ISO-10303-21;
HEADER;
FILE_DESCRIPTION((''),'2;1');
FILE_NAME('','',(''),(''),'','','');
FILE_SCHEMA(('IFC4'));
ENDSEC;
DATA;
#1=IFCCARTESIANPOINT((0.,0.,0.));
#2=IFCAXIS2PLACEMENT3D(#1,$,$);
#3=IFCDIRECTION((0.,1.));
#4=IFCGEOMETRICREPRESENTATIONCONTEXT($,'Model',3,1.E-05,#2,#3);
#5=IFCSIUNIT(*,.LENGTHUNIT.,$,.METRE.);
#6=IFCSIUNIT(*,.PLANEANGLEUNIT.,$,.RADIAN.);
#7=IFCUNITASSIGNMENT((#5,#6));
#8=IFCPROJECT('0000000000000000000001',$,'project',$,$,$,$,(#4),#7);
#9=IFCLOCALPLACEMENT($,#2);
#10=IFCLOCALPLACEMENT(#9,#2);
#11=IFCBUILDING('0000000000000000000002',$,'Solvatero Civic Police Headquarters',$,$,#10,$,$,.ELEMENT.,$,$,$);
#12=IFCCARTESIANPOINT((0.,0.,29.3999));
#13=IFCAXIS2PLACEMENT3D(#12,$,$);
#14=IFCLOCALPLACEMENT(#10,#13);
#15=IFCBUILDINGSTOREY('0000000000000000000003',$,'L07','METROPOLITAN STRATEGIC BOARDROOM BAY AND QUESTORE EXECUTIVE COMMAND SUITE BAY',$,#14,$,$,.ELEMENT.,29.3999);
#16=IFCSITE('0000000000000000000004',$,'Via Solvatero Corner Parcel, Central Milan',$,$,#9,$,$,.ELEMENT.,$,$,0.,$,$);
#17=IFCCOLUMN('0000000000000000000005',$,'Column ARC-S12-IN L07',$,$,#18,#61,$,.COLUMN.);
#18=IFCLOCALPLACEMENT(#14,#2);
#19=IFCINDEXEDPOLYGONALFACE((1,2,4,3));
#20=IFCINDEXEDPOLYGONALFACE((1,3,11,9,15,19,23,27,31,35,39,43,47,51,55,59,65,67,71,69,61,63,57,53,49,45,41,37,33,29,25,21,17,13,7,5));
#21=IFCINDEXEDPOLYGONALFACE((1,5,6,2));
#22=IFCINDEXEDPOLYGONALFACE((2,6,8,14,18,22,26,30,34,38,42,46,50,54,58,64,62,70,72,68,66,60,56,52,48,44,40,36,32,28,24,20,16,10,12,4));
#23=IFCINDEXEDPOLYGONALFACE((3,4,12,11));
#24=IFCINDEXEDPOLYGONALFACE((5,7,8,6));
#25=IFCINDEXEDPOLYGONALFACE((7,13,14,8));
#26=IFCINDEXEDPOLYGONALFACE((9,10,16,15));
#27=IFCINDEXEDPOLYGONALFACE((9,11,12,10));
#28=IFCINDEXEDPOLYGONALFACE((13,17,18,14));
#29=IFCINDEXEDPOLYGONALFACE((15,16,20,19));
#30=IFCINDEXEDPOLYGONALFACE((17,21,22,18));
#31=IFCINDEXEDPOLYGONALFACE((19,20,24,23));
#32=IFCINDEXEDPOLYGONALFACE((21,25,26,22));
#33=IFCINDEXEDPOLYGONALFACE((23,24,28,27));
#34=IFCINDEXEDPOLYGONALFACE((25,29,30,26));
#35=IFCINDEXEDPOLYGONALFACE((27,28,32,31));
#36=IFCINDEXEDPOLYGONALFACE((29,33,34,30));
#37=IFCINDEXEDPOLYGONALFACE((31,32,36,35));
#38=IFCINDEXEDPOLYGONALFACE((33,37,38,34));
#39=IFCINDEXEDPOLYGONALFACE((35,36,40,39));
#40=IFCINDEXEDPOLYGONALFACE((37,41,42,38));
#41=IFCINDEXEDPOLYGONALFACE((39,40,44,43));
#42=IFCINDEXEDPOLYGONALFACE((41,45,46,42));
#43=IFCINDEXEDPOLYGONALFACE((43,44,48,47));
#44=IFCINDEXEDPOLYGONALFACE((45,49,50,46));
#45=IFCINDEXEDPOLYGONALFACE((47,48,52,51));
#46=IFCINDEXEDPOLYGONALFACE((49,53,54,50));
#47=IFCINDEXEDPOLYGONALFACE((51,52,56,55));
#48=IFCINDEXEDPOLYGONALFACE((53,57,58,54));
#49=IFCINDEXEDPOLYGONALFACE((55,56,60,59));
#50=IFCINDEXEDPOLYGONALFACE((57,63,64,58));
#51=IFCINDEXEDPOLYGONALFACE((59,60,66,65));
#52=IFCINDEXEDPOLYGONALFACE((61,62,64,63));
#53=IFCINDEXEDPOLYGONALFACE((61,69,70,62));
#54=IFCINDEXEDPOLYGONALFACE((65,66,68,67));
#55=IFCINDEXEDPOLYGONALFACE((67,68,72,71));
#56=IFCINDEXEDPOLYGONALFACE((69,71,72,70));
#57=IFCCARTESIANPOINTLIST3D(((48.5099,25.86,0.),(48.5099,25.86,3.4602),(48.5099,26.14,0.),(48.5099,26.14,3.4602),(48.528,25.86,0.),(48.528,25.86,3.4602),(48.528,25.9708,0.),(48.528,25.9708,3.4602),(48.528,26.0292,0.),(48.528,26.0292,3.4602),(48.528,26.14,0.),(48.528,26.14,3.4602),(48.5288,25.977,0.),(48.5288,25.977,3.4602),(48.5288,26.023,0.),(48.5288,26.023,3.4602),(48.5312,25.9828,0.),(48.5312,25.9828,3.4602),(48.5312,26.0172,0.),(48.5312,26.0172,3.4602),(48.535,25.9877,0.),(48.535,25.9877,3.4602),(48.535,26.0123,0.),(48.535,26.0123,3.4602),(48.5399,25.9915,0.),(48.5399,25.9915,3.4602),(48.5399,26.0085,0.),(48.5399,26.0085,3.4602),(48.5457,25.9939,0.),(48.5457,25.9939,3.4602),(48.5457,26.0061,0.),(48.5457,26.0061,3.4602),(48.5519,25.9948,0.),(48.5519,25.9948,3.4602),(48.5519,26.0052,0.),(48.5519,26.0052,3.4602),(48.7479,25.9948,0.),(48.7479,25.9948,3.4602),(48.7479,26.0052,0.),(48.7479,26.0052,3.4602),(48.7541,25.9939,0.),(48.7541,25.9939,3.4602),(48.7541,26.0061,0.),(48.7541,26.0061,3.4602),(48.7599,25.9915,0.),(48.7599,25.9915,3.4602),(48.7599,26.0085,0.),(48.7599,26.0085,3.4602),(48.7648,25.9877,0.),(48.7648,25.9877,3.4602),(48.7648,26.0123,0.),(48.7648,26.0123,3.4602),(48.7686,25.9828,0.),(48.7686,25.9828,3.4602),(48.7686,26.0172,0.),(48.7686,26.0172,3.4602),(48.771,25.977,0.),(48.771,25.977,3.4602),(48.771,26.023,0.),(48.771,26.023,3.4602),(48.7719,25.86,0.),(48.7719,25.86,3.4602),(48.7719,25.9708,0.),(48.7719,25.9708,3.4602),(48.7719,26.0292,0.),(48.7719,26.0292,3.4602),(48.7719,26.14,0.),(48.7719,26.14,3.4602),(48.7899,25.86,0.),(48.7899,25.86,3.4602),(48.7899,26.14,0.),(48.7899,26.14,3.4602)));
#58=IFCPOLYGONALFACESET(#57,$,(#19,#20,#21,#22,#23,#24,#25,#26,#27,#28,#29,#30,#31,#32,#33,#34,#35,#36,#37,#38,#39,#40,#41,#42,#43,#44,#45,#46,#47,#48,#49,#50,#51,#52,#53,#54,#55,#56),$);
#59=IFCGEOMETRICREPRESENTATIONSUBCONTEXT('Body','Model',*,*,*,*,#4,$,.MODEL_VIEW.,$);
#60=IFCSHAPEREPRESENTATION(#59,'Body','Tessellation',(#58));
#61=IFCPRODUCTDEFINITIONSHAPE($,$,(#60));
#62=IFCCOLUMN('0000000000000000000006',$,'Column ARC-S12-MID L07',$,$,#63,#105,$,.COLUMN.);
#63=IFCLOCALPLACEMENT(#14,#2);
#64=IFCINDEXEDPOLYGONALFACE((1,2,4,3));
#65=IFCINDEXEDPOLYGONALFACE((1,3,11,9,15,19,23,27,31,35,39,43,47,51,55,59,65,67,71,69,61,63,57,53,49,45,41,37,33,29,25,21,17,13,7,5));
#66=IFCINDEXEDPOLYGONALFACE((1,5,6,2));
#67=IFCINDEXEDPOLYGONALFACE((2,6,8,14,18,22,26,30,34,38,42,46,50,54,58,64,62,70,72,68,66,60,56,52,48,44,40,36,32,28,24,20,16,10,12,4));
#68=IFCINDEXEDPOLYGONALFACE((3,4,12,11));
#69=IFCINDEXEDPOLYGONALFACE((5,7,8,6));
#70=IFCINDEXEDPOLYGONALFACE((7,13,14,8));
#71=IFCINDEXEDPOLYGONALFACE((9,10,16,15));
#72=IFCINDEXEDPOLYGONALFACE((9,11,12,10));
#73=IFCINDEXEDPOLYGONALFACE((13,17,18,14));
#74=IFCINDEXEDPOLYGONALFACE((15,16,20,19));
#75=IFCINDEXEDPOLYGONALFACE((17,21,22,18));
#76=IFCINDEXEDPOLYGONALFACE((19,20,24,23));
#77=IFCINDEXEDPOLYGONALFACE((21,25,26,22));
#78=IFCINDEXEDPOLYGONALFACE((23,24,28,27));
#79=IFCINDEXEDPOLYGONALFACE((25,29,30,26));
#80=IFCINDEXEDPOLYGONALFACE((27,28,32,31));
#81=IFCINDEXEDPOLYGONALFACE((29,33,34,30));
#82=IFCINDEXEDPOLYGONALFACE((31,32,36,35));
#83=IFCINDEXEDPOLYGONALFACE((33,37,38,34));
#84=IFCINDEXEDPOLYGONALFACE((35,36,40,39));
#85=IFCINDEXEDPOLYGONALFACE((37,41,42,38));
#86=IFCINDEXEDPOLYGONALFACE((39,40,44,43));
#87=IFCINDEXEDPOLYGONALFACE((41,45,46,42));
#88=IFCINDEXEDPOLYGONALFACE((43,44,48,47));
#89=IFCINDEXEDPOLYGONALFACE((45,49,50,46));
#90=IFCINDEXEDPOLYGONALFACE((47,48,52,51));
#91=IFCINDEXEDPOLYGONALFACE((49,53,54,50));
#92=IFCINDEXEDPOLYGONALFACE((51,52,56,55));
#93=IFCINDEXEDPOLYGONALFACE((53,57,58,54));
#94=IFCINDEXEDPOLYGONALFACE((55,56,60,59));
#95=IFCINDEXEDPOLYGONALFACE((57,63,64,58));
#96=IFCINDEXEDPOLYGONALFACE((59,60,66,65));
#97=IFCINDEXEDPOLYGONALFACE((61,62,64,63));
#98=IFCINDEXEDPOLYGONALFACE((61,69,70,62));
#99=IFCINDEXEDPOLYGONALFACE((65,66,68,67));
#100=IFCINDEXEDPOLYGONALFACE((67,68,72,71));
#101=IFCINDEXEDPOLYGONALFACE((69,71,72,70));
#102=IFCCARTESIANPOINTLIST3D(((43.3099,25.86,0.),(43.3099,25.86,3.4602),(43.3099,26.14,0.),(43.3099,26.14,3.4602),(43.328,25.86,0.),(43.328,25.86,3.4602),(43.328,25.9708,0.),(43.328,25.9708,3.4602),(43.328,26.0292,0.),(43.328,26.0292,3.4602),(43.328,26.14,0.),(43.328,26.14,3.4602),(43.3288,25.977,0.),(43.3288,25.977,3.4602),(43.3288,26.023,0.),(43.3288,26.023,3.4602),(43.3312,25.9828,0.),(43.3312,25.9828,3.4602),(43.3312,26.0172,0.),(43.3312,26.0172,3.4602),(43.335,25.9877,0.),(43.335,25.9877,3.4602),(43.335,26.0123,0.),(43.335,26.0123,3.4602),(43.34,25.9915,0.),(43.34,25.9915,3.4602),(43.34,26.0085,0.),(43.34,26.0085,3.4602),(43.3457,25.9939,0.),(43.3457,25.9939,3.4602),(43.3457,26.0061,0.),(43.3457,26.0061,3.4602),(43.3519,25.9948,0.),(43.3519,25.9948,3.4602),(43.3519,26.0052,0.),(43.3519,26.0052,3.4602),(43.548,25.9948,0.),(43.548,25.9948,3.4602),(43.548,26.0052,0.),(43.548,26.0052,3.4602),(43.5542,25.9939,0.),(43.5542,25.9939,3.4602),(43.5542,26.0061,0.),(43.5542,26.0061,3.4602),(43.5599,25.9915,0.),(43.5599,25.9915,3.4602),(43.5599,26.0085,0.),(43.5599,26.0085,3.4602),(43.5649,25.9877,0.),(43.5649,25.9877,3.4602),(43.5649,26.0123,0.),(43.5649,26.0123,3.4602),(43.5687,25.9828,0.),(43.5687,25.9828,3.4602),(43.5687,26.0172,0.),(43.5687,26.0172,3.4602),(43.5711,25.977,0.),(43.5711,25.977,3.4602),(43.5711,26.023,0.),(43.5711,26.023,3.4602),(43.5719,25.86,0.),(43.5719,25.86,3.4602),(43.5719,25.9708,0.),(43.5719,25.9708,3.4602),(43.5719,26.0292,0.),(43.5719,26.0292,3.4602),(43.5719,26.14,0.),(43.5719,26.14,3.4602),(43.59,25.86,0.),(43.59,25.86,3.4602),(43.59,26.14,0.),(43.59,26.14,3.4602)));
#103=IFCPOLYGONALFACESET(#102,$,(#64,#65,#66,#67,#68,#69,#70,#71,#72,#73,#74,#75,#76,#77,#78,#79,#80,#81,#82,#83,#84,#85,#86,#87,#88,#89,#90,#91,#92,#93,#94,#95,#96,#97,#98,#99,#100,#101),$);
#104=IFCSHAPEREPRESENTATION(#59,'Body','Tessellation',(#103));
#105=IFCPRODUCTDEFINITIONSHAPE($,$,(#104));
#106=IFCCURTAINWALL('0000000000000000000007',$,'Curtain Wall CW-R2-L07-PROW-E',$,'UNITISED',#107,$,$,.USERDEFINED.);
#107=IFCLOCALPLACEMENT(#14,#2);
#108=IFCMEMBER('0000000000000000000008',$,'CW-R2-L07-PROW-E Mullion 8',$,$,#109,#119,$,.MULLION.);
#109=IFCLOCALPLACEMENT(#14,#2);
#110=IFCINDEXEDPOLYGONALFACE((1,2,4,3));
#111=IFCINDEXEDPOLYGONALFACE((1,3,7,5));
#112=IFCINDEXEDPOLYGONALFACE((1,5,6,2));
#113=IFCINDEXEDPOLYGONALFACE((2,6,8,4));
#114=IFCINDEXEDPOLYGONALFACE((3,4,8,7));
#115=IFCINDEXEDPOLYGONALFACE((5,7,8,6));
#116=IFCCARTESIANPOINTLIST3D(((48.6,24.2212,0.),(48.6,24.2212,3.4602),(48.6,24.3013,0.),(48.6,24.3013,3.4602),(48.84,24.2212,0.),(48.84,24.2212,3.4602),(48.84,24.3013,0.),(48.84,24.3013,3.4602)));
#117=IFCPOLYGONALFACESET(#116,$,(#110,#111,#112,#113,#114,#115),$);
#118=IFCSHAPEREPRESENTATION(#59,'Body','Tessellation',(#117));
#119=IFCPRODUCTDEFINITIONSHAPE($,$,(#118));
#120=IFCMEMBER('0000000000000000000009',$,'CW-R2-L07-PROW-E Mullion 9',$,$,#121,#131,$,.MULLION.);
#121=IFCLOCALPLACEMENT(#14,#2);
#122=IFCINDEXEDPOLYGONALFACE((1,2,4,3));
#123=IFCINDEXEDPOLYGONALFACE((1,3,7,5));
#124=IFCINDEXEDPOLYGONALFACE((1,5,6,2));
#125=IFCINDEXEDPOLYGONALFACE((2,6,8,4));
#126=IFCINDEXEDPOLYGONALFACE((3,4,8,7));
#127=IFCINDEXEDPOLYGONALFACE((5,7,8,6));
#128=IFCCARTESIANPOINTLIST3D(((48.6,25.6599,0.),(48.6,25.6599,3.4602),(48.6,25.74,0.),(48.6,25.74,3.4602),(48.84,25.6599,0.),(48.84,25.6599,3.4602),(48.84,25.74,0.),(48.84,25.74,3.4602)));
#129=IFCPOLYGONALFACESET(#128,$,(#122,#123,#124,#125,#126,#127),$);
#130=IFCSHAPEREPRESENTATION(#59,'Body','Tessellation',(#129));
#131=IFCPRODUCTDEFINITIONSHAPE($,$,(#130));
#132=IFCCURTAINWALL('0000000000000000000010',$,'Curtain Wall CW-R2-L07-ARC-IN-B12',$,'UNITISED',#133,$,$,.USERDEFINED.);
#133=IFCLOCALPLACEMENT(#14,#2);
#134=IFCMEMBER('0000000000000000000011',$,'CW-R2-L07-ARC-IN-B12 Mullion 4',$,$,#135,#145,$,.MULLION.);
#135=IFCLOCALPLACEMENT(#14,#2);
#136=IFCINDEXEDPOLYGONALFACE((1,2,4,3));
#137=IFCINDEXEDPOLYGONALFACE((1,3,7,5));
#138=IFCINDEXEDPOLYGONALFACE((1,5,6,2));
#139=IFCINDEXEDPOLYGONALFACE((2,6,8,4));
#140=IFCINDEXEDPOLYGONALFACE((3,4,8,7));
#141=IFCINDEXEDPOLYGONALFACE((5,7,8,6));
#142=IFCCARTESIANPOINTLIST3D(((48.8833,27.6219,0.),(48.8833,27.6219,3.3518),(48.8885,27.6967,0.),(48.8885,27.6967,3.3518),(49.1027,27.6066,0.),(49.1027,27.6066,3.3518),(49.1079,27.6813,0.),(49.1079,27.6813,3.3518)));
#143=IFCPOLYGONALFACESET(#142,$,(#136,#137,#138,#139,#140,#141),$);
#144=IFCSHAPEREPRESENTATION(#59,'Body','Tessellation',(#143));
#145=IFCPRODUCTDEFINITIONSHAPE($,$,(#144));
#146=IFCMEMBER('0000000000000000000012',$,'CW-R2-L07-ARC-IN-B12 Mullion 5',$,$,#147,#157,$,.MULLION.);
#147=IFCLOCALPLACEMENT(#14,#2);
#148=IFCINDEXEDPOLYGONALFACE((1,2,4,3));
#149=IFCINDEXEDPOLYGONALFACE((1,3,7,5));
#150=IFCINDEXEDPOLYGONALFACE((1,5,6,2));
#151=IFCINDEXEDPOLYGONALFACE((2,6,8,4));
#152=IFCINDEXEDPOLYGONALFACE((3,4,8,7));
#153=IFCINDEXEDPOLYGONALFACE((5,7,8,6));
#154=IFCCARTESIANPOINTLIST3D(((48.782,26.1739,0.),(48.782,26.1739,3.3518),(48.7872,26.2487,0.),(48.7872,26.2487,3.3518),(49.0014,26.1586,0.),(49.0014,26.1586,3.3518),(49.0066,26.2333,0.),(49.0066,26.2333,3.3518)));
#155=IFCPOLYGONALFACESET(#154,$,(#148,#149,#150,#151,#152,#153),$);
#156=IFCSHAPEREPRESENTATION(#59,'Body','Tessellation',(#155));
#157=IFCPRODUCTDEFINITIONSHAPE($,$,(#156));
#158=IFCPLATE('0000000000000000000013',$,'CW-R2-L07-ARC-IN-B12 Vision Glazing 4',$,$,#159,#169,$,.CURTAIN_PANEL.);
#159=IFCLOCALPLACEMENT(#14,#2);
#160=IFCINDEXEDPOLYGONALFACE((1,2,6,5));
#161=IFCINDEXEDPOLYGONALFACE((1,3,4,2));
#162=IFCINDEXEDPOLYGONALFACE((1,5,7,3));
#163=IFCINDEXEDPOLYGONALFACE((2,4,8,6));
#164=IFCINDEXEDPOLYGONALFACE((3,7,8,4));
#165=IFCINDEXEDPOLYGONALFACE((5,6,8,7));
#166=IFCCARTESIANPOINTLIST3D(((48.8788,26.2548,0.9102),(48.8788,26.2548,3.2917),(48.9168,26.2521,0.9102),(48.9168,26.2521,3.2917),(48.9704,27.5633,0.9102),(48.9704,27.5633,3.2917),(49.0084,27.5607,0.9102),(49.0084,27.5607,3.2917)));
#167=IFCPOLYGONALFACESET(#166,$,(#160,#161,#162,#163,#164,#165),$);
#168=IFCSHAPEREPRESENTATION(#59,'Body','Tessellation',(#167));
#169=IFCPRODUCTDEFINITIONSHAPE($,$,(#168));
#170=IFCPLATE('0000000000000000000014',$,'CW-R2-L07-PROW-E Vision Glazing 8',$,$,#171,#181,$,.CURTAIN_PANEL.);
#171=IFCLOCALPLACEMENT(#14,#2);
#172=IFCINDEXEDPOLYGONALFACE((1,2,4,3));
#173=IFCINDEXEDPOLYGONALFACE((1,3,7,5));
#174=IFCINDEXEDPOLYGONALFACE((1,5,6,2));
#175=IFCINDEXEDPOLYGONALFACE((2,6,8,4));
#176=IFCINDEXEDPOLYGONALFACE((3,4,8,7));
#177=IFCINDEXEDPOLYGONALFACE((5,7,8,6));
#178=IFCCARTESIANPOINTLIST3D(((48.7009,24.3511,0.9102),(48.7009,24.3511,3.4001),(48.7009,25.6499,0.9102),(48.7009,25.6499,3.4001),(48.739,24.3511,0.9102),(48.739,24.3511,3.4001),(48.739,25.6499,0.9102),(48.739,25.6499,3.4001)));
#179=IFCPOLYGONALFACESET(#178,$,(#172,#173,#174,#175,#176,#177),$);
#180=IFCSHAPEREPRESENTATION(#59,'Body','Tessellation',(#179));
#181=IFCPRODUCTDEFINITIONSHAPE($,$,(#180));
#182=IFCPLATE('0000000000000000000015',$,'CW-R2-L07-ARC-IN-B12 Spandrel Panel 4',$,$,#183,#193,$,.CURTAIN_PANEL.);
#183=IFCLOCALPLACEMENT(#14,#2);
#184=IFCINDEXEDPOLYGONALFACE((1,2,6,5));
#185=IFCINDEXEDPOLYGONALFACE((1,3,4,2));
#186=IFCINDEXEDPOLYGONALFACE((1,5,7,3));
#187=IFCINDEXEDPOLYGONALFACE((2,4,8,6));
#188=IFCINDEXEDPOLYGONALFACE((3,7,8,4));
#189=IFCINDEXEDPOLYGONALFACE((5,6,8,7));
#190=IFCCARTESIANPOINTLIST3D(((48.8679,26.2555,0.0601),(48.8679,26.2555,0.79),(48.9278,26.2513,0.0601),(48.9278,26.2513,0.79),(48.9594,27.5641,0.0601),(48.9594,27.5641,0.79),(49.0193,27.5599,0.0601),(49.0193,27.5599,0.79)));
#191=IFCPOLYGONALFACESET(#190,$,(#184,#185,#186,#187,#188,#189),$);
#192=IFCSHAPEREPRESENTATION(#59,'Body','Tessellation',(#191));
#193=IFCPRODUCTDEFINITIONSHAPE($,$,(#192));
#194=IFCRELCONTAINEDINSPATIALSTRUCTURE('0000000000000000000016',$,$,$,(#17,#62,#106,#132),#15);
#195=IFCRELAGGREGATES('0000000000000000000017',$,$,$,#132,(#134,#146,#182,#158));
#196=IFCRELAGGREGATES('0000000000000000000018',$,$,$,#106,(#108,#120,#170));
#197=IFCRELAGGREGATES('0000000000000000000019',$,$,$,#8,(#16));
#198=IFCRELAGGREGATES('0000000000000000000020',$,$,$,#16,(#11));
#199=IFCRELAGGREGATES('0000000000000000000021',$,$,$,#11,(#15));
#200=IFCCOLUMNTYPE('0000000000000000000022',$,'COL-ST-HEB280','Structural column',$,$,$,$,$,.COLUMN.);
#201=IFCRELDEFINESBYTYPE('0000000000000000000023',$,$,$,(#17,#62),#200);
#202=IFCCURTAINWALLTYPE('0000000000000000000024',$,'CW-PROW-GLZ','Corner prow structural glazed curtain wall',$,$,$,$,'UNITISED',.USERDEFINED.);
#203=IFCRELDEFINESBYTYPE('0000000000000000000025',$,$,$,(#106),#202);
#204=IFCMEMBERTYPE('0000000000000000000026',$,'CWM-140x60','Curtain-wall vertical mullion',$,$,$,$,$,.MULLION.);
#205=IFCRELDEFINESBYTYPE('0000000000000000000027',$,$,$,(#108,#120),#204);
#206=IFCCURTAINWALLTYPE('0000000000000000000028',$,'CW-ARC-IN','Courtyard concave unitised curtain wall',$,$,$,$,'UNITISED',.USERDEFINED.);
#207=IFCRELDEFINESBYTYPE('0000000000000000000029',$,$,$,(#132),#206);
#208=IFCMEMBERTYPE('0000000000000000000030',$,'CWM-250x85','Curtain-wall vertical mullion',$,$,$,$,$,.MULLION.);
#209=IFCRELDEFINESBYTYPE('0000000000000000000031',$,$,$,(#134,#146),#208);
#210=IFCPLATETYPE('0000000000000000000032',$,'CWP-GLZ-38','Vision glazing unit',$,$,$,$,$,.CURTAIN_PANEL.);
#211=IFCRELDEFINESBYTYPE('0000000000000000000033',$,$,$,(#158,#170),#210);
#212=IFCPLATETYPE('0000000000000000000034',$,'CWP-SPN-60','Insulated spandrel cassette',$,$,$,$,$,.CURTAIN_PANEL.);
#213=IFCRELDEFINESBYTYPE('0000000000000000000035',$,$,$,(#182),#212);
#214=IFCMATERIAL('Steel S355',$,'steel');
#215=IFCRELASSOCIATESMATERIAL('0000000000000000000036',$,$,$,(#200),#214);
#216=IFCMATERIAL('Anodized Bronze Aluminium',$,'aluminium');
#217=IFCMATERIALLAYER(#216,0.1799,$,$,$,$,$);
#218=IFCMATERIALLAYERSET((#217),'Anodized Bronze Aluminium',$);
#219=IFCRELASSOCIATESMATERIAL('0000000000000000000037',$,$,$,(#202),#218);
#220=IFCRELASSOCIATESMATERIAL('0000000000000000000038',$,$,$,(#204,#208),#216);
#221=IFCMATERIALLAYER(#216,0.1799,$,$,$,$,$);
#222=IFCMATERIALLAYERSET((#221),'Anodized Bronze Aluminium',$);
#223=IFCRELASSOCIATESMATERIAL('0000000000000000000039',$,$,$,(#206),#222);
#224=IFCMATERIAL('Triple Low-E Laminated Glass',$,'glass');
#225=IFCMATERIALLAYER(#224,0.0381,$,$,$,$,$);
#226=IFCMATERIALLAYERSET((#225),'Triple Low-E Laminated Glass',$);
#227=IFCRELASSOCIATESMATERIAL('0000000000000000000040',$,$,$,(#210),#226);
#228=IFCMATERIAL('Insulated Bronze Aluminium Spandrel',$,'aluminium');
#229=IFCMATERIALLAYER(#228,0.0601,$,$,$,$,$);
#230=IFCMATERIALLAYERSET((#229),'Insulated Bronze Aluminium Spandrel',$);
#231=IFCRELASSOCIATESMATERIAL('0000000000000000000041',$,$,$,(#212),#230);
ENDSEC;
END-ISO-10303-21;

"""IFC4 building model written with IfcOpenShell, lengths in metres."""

from ifc_helpers import new_model, si_unit, direction, frame, origin, origin_2d, place, context, subcontext, project, spatial, rectangle, i_section, extrude, material, layer, layer_set, material_profile, profile_set, type_object, element, aggregate, save


model = new_model("IFC4")

# Units and contexts
model_context = context("Model", 3, precision=1e-05, world=origin(), true_north=direction((0.0, 1.0)))
body_context = subcontext(model_context, "Body", "Model", "MODEL_VIEW")
ifc_project = project(units=[si_unit("LENGTHUNIT", "METRE"), si_unit("PLANEANGLEUNIT", "RADIAN")], contexts=[model_context])

# Site, building, storey
site_placement = place(None, origin())
site = spatial("IfcSite", under=ifc_project, at=site_placement, Name="Via Solvatero Corner Parcel, Central Milan", CompositionType="ELEMENT", RefElevation=0.0)
building_placement = place(site_placement, origin())
building = spatial("IfcBuilding", under=site, at=building_placement, Name="Solvatero Civic Police Headquarters", CompositionType="ELEMENT")
storey_placement = place(building_placement, frame((0.0, 0.0, 29.3999)))
storey = spatial("IfcBuildingStorey", under=building, at=storey_placement, Name="L07", Description="METROPOLITAN STRATEGIC BOARDROOM BAY AND QUESTORE EXECUTIVE COMMAND SUITE BAY", CompositionType="ELEMENT", Elevation=29.3999)

# Columns
ifc_material_1 = material(Name="Steel S355", Category="steel")
ifc_material_profile_1 = material_profile(ifc_material_1, i_section(OverallWidth=0.28, OverallDepth=0.28, WebThickness=0.0105, FlangeThickness=0.0181, FilletRadius=0.0239, at=origin_2d()), Name="HEB 280")
ifc_profile_set_1 = profile_set([ifc_material_profile_1], Name="Steel S355")
column_type = type_object("IfcColumnType", Name="COL-ST-HEB280", Description="Structural column", PredefinedType="COLUMN", material=ifc_profile_set_1)
for number, where, z_axis, x_axis, name in (
    (1, (48.6499, 26.0, 0.0), (0.0, 0.0, 1.0), (0.0, 1.0, 0.0), "Column ARC-S12-IN L07"),
    (2, (43.45, 26.0, 0.0), (0.0, 0.0, 1.0), (0.0, 1.0, 0.0), "Column ARC-S12-MID L07"),
):
    element("IfcColumn", number, at=place(storey_placement, frame(where, z_axis=z_axis, x_axis=x_axis)), inside=storey, type_object=column_type, Name=name, PredefinedType="COLUMN", context=body_context, shape_type="SweptSolid", body=[
        extrude(i_section(OverallWidth=0.28, OverallDepth=0.28, WebThickness=0.0105, FlangeThickness=0.0181, FilletRadius=0.0239, at=origin_2d()), origin(), (0.0, 0.0, 1.0), 3.4602),
    ])

# Curtain wall, members
ifc_material_2 = material(Name="Anodized Bronze Aluminium", Category="aluminium")
ifc_layer_1 = layer(ifc_material_2, 0.1799)
ifc_layer_set_1 = layer_set([ifc_layer_1], Name="Anodized Bronze Aluminium")
curtain_wall_type_1 = type_object("IfcCurtainWallType", Name="CW-PROW-GLZ", Description="Corner prow structural glazed curtain wall", ElementType="UNITISED", PredefinedType="USERDEFINED", material=ifc_layer_set_1)
curtain_wall_1_placement = place(storey_placement, origin())
curtain_wall_1 = element("IfcCurtainWall", 3, at=curtain_wall_1_placement, inside=storey, type_object=curtain_wall_type_1, Name="Curtain Wall CW-R2-L07-PROW-E", ObjectType="UNITISED", PredefinedType="USERDEFINED")
ifc_material_profile_2 = material_profile(ifc_material_2, rectangle(XDim=0.0801, YDim=0.24, at=origin_2d()), Name="ALU MULLION 80x240")
ifc_profile_set_2 = profile_set([ifc_material_profile_2], Name="Anodized Bronze Aluminium")
member_type_1 = type_object("IfcMemberType", Name="CWM-140x60", Description="Curtain-wall vertical mullion", PredefinedType="MULLION", material=ifc_profile_set_2)
member_1_placement = place(storey_placement, frame((48.72, 24.2612, 0.0), z_axis=(0.0, 0.0, 1.0), x_axis=(0.0, 1.0, 0.0)))
member_1 = element("IfcMember", 4, at=member_1_placement, type_object=member_type_1, Name="CW-R2-L07-PROW-E Mullion 8", PredefinedType="MULLION", context=body_context, shape_type="SweptSolid", body=[
    extrude(rectangle(XDim=0.0801, YDim=0.24, at=origin_2d()), origin(), (0.0, 0.0, 1.0), 3.4602),
])
member_2_placement = place(storey_placement, frame((48.72, 25.7, 0.0), z_axis=(0.0, 0.0, 1.0), x_axis=(0.0, 1.0, 0.0)))
member_2 = element("IfcMember", 5, at=member_2_placement, type_object=member_type_1, Name="CW-R2-L07-PROW-E Mullion 9", PredefinedType="MULLION", context=body_context, shape_type="SweptSolid", body=[
    extrude(rectangle(XDim=0.0801, YDim=0.24, at=origin_2d()), origin(), (0.0, 0.0, 1.0), 3.4602),
])

# Curtain wall, members, plate
ifc_layer_2 = layer(ifc_material_2, 0.1799)
ifc_layer_set_2 = layer_set([ifc_layer_2], Name="Anodized Bronze Aluminium")
curtain_wall_type_2 = type_object("IfcCurtainWallType", Name="CW-ARC-IN", Description="Courtyard concave unitised curtain wall", ElementType="UNITISED", PredefinedType="USERDEFINED", material=ifc_layer_set_2)
curtain_wall_2_placement = place(storey_placement, origin())
curtain_wall_2 = element("IfcCurtainWall", 6, at=curtain_wall_2_placement, inside=storey, type_object=curtain_wall_type_2, Name="Curtain Wall CW-R2-L07-ARC-IN-B12", ObjectType="UNITISED", PredefinedType="USERDEFINED")
ifc_material_profile_3 = material_profile(ifc_material_2, rectangle(XDim=0.075, YDim=0.22, at=origin_2d()), Name="ALU MULLION 75x220")
ifc_profile_set_3 = profile_set([ifc_material_profile_3], Name="Anodized Bronze Aluminium")
member_type_2 = type_object("IfcMemberType", Name="CWM-250x85", Description="Curtain-wall vertical mullion", PredefinedType="MULLION", material=ifc_profile_set_3)
member_3_placement = place(storey_placement, frame((48.9956, 27.6516, 0.0), z_axis=(0.0, 0.0, 1.0), x_axis=(-0.069774, -0.997563, 0.0)))
member_3 = element("IfcMember", 7, at=member_3_placement, type_object=member_type_2, Name="CW-R2-L07-ARC-IN-B12 Mullion 4", PredefinedType="MULLION", context=body_context, shape_type="SweptSolid", body=[
    extrude(rectangle(XDim=0.075, YDim=0.22, at=origin_2d()), origin(), (0.0, 0.0, 1.0), 3.3518),
])
member_4_placement = place(storey_placement, frame((48.8943, 26.2036, 0.0), z_axis=(0.0, 0.0, 1.0), x_axis=(-0.069774, -0.997563, 0.0)))
member_4 = element("IfcMember", 8, at=member_4_placement, type_object=member_type_2, Name="CW-R2-L07-ARC-IN-B12 Mullion 5", PredefinedType="MULLION", context=body_context, shape_type="SweptSolid", body=[
    extrude(rectangle(XDim=0.075, YDim=0.22, at=origin_2d()), origin(), (0.0, 0.0, 1.0), 3.3518),
])
ifc_material_3 = material(Name="Triple Low-E Laminated Glass", Category="glass")
ifc_layer_3 = layer(ifc_material_3, 0.0381)
ifc_layer_set_3 = layer_set([ifc_layer_3], Name="Triple Low-E Laminated Glass")
plate_type_1 = type_object("IfcPlateType", Name="CWP-GLZ-38", Description="Vision glazing unit", PredefinedType="CURTAIN_PANEL", material=ifc_layer_set_3)
plate_1_placement = place(storey_placement, frame((48.9436, 26.9077, 0.9102), z_axis=(0.0, 0.0, 1.0), x_axis=(-0.069774, -0.997563, 0.0)))
plate_1 = element("IfcPlate", 9, at=plate_1_placement, type_object=plate_type_1, Name="CW-R2-L07-ARC-IN-B12 Vision Glazing 4", PredefinedType="CURTAIN_PANEL", context=body_context, shape_type="SweptSolid", body=[
    extrude(rectangle(XDim=1.3118, YDim=0.0381, at=origin_2d()), origin(), (0.0, 0.0, 1.0), 2.3816),
])

# Plates
plate_2_placement = place(storey_placement, frame((48.72, 25.0005, 0.9102), z_axis=(0.0, 0.0, 1.0), x_axis=(0.0, 1.0, 0.0)))
plate_2 = element("IfcPlate", 10, at=plate_2_placement, type_object=plate_type_1, Name="CW-R2-L07-PROW-E Vision Glazing 8", PredefinedType="CURTAIN_PANEL", context=body_context, shape_type="SweptSolid", body=[
    extrude(rectangle(XDim=1.2988, YDim=0.0381, at=origin_2d()), origin(), (0.0, 0.0, 1.0), 2.49),
])
ifc_material_4 = material(Name="Insulated Bronze Aluminium Spandrel", Category="aluminium")
ifc_layer_4 = layer(ifc_material_4, 0.0601)
ifc_layer_set_4 = layer_set([ifc_layer_4], Name="Insulated Bronze Aluminium Spandrel")
plate_type_2 = type_object("IfcPlateType", Name="CWP-SPN-60", Description="Insulated spandrel cassette", PredefinedType="CURTAIN_PANEL", material=ifc_layer_set_4)
plate_3_placement = place(storey_placement, frame((48.9436, 26.9077, 0.0601), z_axis=(0.0, 0.0, 1.0), x_axis=(-0.069774, -0.997563, 0.0)))
plate_3 = element("IfcPlate", 11, at=plate_3_placement, type_object=plate_type_2, Name="CW-R2-L07-ARC-IN-B12 Spandrel Panel 4", PredefinedType="CURTAIN_PANEL", context=body_context, shape_type="SweptSolid", body=[
    extrude(rectangle(XDim=1.3118, YDim=0.0601, at=origin_2d()), origin(), (0.0, 0.0, 1.0), 0.73),
])
aggregate(curtain_wall_2, [member_3, member_4, plate_3, plate_1])
aggregate(curtain_wall_1, [member_1, member_2, plate_2])

save(model, "model.ifc")
